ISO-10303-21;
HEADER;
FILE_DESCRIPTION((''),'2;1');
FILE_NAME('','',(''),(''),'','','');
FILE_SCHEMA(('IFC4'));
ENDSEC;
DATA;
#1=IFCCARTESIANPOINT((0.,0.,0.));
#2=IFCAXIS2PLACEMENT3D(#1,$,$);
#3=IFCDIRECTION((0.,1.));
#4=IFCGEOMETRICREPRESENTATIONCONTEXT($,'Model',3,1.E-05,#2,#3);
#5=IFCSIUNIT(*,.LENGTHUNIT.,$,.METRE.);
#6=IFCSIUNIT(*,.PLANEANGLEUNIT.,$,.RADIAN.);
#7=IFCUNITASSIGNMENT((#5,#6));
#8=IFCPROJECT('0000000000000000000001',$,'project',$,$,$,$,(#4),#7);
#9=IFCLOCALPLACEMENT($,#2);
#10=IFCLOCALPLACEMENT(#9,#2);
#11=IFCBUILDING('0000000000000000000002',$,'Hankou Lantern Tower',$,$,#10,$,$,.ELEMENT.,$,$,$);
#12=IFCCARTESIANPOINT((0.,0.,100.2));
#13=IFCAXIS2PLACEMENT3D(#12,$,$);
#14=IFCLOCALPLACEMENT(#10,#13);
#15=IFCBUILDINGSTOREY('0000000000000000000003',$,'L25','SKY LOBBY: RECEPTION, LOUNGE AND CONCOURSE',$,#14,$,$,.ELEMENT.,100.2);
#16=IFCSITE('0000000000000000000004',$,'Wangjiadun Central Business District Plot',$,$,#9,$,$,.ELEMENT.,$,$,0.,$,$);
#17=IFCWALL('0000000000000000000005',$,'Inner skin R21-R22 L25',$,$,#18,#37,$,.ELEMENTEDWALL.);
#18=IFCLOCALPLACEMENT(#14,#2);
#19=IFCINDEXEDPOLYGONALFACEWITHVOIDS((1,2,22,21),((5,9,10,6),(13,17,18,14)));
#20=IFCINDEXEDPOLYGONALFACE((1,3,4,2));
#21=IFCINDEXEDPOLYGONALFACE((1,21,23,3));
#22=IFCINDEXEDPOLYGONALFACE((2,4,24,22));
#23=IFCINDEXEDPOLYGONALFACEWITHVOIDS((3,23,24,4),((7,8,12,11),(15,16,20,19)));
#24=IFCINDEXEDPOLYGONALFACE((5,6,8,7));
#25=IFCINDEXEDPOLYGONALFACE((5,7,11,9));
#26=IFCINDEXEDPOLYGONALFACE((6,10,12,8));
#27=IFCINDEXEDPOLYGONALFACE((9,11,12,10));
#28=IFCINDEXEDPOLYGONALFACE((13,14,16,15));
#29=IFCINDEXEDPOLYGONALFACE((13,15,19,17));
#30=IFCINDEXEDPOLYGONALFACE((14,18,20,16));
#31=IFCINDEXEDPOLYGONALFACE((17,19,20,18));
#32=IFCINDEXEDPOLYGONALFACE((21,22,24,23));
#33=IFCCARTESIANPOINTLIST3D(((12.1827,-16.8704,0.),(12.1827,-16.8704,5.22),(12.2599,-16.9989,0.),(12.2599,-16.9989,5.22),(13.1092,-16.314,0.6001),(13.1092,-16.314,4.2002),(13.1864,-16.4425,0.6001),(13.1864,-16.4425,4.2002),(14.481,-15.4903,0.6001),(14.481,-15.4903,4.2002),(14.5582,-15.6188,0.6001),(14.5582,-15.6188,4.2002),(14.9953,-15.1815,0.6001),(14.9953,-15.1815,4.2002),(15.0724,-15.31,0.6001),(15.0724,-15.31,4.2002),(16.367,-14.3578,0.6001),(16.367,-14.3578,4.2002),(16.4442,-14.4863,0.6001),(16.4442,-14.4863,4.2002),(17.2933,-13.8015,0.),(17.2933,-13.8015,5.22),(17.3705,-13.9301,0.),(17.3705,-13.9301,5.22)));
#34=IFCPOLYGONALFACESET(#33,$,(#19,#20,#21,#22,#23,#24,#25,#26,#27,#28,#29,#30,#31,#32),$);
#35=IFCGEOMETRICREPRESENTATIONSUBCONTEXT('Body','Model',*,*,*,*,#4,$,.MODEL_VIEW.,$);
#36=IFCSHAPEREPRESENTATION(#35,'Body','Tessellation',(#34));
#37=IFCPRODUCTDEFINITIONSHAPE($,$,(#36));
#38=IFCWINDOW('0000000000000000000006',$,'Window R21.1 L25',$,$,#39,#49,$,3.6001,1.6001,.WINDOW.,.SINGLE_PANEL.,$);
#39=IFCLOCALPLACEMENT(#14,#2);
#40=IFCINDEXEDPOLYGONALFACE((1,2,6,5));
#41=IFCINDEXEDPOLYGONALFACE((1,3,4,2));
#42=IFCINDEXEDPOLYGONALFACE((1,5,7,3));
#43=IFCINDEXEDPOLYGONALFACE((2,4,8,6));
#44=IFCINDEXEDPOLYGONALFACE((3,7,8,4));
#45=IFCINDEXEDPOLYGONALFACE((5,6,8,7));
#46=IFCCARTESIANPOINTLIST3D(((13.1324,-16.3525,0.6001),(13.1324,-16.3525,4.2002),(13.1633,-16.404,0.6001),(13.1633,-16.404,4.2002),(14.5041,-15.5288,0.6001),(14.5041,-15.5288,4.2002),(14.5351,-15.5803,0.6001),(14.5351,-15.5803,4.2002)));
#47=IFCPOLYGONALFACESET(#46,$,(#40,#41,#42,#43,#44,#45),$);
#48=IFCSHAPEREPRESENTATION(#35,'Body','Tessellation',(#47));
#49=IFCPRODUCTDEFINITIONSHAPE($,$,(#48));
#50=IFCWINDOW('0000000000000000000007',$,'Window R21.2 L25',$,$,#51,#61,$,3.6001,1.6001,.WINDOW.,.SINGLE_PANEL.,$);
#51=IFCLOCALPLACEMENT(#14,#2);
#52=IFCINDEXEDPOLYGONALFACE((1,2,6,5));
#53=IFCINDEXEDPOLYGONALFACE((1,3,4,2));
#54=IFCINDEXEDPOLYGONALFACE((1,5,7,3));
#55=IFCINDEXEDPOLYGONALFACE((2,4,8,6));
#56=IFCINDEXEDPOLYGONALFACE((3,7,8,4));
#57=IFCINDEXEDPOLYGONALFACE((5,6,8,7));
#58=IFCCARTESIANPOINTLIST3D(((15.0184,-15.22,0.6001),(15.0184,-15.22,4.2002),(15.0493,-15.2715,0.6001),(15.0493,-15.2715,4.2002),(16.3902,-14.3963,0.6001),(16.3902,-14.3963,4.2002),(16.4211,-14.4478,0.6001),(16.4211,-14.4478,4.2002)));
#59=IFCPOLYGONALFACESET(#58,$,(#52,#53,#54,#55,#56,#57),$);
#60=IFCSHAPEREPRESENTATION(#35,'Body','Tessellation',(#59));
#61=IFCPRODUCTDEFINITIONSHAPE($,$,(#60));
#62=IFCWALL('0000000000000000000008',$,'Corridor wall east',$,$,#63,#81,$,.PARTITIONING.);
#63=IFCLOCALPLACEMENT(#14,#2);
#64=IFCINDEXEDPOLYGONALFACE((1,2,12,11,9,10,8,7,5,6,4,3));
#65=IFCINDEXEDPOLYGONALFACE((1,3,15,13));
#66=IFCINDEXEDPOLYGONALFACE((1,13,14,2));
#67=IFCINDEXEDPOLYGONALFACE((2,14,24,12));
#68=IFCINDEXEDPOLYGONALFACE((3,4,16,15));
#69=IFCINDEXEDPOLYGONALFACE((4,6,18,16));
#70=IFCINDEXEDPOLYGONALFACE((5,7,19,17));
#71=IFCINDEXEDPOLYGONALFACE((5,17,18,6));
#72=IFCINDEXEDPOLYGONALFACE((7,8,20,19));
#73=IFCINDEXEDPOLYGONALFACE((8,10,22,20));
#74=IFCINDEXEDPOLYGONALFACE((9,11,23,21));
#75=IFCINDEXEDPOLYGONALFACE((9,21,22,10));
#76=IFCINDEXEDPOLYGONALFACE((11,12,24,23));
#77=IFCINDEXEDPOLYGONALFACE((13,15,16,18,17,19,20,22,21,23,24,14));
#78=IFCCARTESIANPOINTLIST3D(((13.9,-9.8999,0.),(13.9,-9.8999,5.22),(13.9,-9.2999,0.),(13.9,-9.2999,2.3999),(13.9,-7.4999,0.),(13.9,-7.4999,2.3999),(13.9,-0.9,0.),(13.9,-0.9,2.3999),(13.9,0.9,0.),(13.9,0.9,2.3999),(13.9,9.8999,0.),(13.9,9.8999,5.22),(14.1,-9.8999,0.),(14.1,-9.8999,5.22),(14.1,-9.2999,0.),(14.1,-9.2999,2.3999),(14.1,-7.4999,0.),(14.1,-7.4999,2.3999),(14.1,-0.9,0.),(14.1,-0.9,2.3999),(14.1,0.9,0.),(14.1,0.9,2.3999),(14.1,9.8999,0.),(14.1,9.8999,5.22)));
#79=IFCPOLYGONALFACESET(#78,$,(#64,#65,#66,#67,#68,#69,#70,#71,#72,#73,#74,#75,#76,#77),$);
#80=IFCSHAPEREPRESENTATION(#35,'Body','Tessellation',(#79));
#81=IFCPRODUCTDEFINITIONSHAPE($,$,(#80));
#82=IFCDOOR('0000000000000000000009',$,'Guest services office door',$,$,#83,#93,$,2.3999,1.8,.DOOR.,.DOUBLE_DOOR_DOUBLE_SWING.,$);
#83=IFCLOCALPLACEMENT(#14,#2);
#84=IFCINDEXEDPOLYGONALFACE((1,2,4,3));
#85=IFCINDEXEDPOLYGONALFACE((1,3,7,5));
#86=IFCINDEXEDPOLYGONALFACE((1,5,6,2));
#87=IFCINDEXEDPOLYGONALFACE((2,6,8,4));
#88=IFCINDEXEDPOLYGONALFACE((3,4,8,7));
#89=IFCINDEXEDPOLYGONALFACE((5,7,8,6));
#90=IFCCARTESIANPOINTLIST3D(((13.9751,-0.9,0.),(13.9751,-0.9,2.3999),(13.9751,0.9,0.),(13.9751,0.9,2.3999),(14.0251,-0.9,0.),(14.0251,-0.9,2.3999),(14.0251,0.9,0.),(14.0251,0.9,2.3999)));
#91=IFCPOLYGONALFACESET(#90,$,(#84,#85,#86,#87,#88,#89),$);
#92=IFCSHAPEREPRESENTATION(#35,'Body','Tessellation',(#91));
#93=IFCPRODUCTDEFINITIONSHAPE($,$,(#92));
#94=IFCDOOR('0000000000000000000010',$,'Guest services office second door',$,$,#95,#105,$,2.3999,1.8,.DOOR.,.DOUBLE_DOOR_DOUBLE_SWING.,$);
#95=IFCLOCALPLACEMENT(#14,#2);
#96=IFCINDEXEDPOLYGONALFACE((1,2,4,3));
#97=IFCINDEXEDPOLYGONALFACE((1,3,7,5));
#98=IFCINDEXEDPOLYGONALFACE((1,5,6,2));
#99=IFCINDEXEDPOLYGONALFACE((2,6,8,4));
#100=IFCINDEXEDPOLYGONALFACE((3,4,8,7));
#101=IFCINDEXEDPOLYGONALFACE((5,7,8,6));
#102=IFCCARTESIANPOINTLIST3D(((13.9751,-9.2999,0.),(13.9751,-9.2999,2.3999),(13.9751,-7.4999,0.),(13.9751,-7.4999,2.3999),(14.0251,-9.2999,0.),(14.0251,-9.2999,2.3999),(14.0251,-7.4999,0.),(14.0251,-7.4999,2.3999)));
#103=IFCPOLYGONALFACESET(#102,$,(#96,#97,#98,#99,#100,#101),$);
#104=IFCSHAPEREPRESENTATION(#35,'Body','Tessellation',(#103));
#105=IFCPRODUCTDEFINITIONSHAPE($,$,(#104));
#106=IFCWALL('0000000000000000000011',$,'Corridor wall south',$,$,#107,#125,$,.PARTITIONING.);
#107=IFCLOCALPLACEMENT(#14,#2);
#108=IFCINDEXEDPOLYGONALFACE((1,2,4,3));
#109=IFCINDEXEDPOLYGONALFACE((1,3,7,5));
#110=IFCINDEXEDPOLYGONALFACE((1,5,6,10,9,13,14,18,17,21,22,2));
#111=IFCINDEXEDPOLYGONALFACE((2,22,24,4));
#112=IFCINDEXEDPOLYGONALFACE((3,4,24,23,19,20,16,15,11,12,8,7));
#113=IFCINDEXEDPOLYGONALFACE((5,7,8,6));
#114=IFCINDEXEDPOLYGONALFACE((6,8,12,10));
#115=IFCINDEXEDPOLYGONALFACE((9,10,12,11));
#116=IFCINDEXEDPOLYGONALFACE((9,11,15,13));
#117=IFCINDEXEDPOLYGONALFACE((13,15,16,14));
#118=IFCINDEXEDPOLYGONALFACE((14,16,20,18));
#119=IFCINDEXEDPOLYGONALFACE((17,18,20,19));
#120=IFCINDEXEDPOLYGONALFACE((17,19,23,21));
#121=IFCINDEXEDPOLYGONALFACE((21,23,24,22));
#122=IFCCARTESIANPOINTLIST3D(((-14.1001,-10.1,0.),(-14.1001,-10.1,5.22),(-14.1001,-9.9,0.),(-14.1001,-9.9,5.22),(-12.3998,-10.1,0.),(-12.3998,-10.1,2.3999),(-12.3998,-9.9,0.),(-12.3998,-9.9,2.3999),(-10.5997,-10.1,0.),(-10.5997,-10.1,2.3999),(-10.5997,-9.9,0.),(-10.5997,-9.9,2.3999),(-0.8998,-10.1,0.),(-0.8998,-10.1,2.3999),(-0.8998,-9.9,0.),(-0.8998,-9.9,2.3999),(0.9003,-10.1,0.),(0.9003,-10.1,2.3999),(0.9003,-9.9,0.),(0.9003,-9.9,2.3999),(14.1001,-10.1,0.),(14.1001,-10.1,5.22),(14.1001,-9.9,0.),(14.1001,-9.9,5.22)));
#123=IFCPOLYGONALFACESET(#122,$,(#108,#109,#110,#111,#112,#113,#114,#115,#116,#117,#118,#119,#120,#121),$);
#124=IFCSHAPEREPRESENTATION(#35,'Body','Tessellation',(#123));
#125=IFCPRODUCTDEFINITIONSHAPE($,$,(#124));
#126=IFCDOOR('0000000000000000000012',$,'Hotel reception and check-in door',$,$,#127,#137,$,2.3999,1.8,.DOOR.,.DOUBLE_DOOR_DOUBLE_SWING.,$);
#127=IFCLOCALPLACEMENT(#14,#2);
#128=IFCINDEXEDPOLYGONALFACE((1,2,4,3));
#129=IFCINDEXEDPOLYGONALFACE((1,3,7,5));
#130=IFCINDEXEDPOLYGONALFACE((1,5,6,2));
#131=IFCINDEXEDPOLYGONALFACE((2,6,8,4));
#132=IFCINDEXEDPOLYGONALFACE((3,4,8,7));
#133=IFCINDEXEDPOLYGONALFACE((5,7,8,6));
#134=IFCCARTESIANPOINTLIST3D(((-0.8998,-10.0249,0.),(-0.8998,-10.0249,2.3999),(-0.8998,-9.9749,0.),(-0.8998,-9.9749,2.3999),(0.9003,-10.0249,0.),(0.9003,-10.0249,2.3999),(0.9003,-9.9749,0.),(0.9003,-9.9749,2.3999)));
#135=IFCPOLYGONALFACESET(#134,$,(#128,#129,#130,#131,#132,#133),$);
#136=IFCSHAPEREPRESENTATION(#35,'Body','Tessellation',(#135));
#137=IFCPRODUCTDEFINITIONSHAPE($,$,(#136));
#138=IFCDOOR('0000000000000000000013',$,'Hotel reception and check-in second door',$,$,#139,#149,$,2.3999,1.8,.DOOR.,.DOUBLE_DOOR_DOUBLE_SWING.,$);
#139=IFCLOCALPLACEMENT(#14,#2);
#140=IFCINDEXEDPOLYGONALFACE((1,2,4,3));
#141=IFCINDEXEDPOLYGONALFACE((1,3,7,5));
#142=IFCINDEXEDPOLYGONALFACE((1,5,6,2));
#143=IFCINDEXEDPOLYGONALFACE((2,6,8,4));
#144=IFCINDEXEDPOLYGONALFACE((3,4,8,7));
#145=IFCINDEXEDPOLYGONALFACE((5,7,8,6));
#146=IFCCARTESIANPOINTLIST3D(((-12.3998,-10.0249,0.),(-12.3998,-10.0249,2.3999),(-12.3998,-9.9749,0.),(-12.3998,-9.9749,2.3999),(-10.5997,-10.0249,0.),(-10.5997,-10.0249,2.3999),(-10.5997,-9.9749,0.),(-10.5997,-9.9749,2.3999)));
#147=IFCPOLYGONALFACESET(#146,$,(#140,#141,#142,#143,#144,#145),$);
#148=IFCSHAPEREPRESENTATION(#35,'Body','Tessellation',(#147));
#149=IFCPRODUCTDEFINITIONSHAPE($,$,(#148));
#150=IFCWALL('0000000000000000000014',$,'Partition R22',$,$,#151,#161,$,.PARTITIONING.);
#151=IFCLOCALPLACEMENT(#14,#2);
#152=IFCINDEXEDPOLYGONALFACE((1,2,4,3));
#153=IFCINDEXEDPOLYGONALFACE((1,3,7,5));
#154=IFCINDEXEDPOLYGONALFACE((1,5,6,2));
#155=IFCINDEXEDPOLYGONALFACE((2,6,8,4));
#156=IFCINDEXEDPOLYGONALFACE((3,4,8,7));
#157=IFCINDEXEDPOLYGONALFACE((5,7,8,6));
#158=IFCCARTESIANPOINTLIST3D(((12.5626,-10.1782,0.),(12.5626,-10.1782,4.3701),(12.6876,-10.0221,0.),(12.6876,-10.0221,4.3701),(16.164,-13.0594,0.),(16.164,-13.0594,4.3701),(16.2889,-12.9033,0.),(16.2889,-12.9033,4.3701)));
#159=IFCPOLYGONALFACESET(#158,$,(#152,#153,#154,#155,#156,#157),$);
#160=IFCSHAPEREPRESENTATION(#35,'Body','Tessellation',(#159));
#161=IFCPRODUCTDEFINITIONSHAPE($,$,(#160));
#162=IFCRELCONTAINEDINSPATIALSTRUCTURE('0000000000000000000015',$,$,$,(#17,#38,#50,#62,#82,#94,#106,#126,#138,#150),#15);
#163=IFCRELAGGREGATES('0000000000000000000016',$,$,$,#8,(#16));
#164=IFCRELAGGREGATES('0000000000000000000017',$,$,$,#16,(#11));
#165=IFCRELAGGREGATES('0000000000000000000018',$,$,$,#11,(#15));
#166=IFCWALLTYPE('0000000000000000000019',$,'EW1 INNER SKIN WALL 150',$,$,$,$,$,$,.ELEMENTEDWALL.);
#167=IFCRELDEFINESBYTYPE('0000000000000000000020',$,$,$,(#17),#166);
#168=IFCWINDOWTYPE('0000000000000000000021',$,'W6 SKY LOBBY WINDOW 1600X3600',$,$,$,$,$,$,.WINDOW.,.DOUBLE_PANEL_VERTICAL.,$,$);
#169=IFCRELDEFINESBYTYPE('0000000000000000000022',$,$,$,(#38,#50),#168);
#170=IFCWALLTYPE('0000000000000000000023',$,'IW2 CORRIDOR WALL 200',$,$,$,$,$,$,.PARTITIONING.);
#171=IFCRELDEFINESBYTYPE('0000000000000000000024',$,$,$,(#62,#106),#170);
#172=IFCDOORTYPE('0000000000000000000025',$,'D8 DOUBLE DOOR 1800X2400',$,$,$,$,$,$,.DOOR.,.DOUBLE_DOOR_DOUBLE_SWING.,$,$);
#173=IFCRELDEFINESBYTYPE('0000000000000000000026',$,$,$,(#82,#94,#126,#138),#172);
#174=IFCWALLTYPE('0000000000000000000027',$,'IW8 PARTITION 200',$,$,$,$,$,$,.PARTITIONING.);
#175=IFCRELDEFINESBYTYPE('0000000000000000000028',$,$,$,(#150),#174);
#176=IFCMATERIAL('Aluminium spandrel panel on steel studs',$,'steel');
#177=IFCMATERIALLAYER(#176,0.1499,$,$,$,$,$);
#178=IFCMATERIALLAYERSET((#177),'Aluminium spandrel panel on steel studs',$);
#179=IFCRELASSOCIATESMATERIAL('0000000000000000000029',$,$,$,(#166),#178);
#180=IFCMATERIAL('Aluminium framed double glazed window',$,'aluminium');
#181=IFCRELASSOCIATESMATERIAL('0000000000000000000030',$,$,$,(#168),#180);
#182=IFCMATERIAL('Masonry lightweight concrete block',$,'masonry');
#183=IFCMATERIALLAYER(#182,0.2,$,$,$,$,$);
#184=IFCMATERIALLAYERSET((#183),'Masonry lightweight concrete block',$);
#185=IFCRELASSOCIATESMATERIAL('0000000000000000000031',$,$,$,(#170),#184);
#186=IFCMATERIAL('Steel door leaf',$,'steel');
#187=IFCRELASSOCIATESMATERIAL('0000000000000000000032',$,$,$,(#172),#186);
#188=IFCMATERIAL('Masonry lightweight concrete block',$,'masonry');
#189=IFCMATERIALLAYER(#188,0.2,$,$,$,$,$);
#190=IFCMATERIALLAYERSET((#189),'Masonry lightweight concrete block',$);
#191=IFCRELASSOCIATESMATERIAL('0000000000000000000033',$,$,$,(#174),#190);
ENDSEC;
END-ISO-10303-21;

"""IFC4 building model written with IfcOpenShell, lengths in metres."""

from ifc_helpers import new_model, si_unit, direction, frame, frame_2d, origin, place, context, subcontext, project, spatial, rectangle, extrude, material, layer, layer_set, type_object, element, fill, save


model = new_model("IFC4")

# Units and contexts
model_context = context("Model", 3, precision=1e-05, world=origin(), true_north=direction((0.0, 1.0)))
body_context = subcontext(model_context, "Body", "Model", "MODEL_VIEW")
ifc_project = project(units=[si_unit("LENGTHUNIT", "METRE"), si_unit("PLANEANGLEUNIT", "RADIAN")], contexts=[model_context])

# Site, building, storey
site_placement = place(None, origin())
site = spatial("IfcSite", under=ifc_project, at=site_placement, Name="Wangjiadun Central Business District Plot", CompositionType="ELEMENT", RefElevation=0.0)
building_placement = place(site_placement, origin())
building = spatial("IfcBuilding", under=site, at=building_placement, Name="Hankou Lantern Tower", CompositionType="ELEMENT")
storey_placement = place(building_placement, frame((0.0, 0.0, 100.2)))
storey = spatial("IfcBuildingStorey", under=building, at=storey_placement, Name="L25", Description="SKY LOBBY: RECEPTION, LOUNGE AND CONCOURSE", CompositionType="ELEMENT", Elevation=100.2)

# Wall, openings, windows
ifc_material_1 = material(Name="Aluminium spandrel panel on steel studs", Category="steel")
ifc_layer_1 = layer(ifc_material_1, 0.1499)
ifc_layer_set_1 = layer_set([ifc_layer_1], Name="Aluminium spandrel panel on steel studs")
wall_type_1 = type_object("IfcWallType", Name="EW1 INNER SKIN WALL 150", PredefinedType="ELEMENTEDWALL", material=ifc_layer_set_1)
wall_1_placement = place(storey_placement, frame((12.2214, -16.9346, 0.0), z_axis=(0.0, 0.0, 1.0), x_axis=(0.857309, 0.514803, 0.0)))
wall_1 = element("IfcWall", 1, at=wall_1_placement, inside=storey, type_object=wall_type_1, Name="Inner skin R21-R22 L25", PredefinedType="ELEMENTEDWALL", context=body_context, shape_type="SweptSolid", body=[
    extrude(rectangle(XDim=5.9612, YDim=0.1499, at=frame_2d((2.9805, 0.0))), origin(), (0.0, 0.0, 1.0), 5.22),
])
opening_1_placement = place(wall_1_placement, frame((1.0806, 0.0, 0.6001)))
opening_1 = element("IfcOpeningElement", 2, at=opening_1_placement, cuts=wall_1, PredefinedType="OPENING", context=body_context, shape_type="SweptSolid", body=[
    extrude(rectangle(XDim=1.6001, YDim=3.6001, at=frame_2d((0.8, 1.8))), frame((0.0, 0.085, 0.0), z_axis=(0.0, -1.0, 0.0), x_axis=(1.0, 0.0, 0.0)), (0.0, 0.0, 1.0), 0.1699),
])
opening_2_placement = place(wall_1_placement, frame((3.2805, 0.0, 0.6001)))
opening_2 = element("IfcOpeningElement", 3, at=opening_2_placement, cuts=wall_1, PredefinedType="OPENING", context=body_context, shape_type="SweptSolid", body=[
    extrude(rectangle(XDim=1.6001, YDim=3.6001, at=frame_2d((0.8, 1.8))), frame((0.0, 0.085, 0.0), z_axis=(0.0, -1.0, 0.0), x_axis=(1.0, 0.0, 0.0)), (0.0, 0.0, 1.0), 0.1699),
])
ifc_material_2 = material(Name="Aluminium framed double glazed window", Category="aluminium")
window_type = type_object("IfcWindowType", Name="W6 SKY LOBBY WINDOW 1600X3600", PartitioningType="DOUBLE_PANEL_VERTICAL", PredefinedType="WINDOW", material=ifc_material_2)
window_1_placement = place(opening_1_placement, origin())
window_1 = element("IfcWindow", 4, at=window_1_placement, inside=storey, type_object=window_type, Name="Window R21.1 L25", OverallHeight=3.6001, OverallWidth=1.6001, PartitioningType="SINGLE_PANEL", PredefinedType="WINDOW", context=body_context, shape_type="SweptSolid", body=[
    extrude(rectangle(XDim=1.6001, YDim=3.6001, at=frame_2d((0.8, 1.8))), frame((0.0, 0.03, 0.0), z_axis=(0.0, -1.0, 0.0), x_axis=(1.0, 0.0, 0.0)), (0.0, 0.0, 1.0), 0.0601),
])
fill(opening_1, window_1)
window_2_placement = place(opening_2_placement, origin())
window_2 = element("IfcWindow", 5, at=window_2_placement, inside=storey, type_object=window_type, Name="Window R21.2 L25", OverallHeight=3.6001, OverallWidth=1.6001, PartitioningType="SINGLE_PANEL", PredefinedType="WINDOW", context=body_context, shape_type="SweptSolid", body=[
    extrude(rectangle(XDim=1.6001, YDim=3.6001, at=frame_2d((0.8, 1.8))), frame((0.0, 0.03, 0.0), z_axis=(0.0, -1.0, 0.0), x_axis=(1.0, 0.0, 0.0)), (0.0, 0.0, 1.0), 0.0601),
])
fill(opening_2, window_2)

# Walls, openings, doors
ifc_material_3 = material(Name="Masonry lightweight concrete block", Category="masonry")
ifc_layer_2 = layer(ifc_material_3, 0.2)
ifc_layer_set_2 = layer_set([ifc_layer_2], Name="Masonry lightweight concrete block")
wall_type_2 = type_object("IfcWallType", Name="IW2 CORRIDOR WALL 200", PredefinedType="PARTITIONING", material=ifc_layer_set_2)
wall_2_placement = place(storey_placement, frame((14.0, -9.8999, 0.0), z_axis=(0.0, 0.0, 1.0), x_axis=(0.0, 1.0, 0.0)))
wall_2 = element("IfcWall", 6, at=wall_2_placement, inside=storey, type_object=wall_type_2, Name="Corridor wall east", PredefinedType="PARTITIONING", context=body_context, shape_type="SweptSolid", body=[
    extrude(rectangle(XDim=19.7998, YDim=0.2, at=frame_2d((9.8999, 0.0))), origin(), (0.0, 0.0, 1.0), 5.22),
])
opening_3_placement = place(wall_2_placement, frame((9.0, 0.0, 0.0)))
opening_3 = element("IfcOpeningElement", 7, at=opening_3_placement, cuts=wall_2, PredefinedType="OPENING", context=body_context, shape_type="SweptSolid", body=[
    extrude(rectangle(XDim=1.8, YDim=2.3999, at=frame_2d((0.8999, 1.2))), frame((0.0, 0.1099, 0.0), z_axis=(0.0, -1.0, 0.0), x_axis=(1.0, 0.0, 0.0)), (0.0, 0.0, 1.0), 0.22),
])
opening_4_placement = place(wall_2_placement, frame((0.6001, 0.0, 0.0)))
opening_4 = element("IfcOpeningElement", 8, at=opening_4_placement, cuts=wall_2, PredefinedType="OPENING", context=body_context, shape_type="SweptSolid", body=[
    extrude(rectangle(XDim=1.8, YDim=2.3999, at=frame_2d((0.8999, 1.2))), frame((0.0, 0.1099, 0.0), z_axis=(0.0, -1.0, 0.0), x_axis=(1.0, 0.0, 0.0)), (0.0, 0.0, 1.0), 0.22),
])
ifc_material_4 = material(Name="Steel door leaf", Category="steel")
door_type_1 = type_object("IfcDoorType", Name="D8 DOUBLE DOOR 1800X2400", OperationType="DOUBLE_DOOR_DOUBLE_SWING", PredefinedType="DOOR", material=ifc_material_4)
door_1_placement = place(opening_3_placement, origin())
door_1 = element("IfcDoor", 9, at=door_1_placement, inside=storey, type_object=door_type_1, Name="Guest services office door", OperationType="DOUBLE_DOOR_DOUBLE_SWING", OverallHeight=2.3999, OverallWidth=1.8, PredefinedType="DOOR", context=body_context, shape_type="SweptSolid", body=[
    extrude(rectangle(XDim=1.8, YDim=2.3999, at=frame_2d((0.8999, 1.2))), frame((0.0, 0.0249, 0.0), z_axis=(0.0, -1.0, 0.0), x_axis=(1.0, 0.0, 0.0)), (0.0, 0.0, 1.0), 0.05),
])
fill(opening_3, door_1)
door_2_placement = place(opening_4_placement, origin())
door_2 = element("IfcDoor", 10, at=door_2_placement, inside=storey, type_object=door_type_1, Name="Guest services office second door", OperationType="DOUBLE_DOOR_DOUBLE_SWING", OverallHeight=2.3999, OverallWidth=1.8, PredefinedType="DOOR", context=body_context, shape_type="SweptSolid", body=[
    extrude(rectangle(XDim=1.8, YDim=2.3999, at=frame_2d((0.8999, 1.2))), frame((0.0, 0.0249, 0.0), z_axis=(0.0, -1.0, 0.0), x_axis=(1.0, 0.0, 0.0)), (0.0, 0.0, 1.0), 0.05),
])
fill(opening_4, door_2)
wall_3_placement = place(storey_placement, frame((14.1001, -10.0, 0.0), z_axis=(0.0, 0.0, 1.0), x_axis=(-1.0, 0.0, 0.0)))
wall_3 = element("IfcWall", 11, at=wall_3_placement, inside=storey, type_object=wall_type_2, Name="Corridor wall south", PredefinedType="PARTITIONING", context=body_context, shape_type="SweptSolid", body=[
    extrude(rectangle(XDim=28.2002, YDim=0.2, at=frame_2d((14.1001, 0.0))), origin(), (0.0, 0.0, 1.0), 5.22),
])
opening_5_placement = place(wall_3_placement, frame((13.2, 0.0, 0.0)))
opening_5 = element("IfcOpeningElement", 12, at=opening_5_placement, cuts=wall_3, PredefinedType="OPENING", context=body_context, shape_type="SweptSolid", body=[
    extrude(rectangle(XDim=1.8, YDim=2.3999, at=frame_2d((0.8999, 1.2))), frame((0.0, 0.1099, 0.0), z_axis=(0.0, -1.0, 0.0), x_axis=(1.0, 0.0, 0.0)), (0.0, 0.0, 1.0), 0.22),
])
opening_6_placement = place(wall_3_placement, frame((24.7, 0.0, 0.0)))
opening_6 = element("IfcOpeningElement", 13, at=opening_6_placement, cuts=wall_3, PredefinedType="OPENING", context=body_context, shape_type="SweptSolid", body=[
    extrude(rectangle(XDim=1.8, YDim=2.3999, at=frame_2d((0.8999, 1.2))), frame((0.0, 0.1099, 0.0), z_axis=(0.0, -1.0, 0.0), x_axis=(1.0, 0.0, 0.0)), (0.0, 0.0, 1.0), 0.22),
])
door_3_placement = place(opening_5_placement, origin())
door_3 = element("IfcDoor", 14, at=door_3_placement, inside=storey, type_object=door_type_1, Name="Hotel reception and check-in door", OperationType="DOUBLE_DOOR_DOUBLE_SWING", OverallHeight=2.3999, OverallWidth=1.8, PredefinedType="DOOR", context=body_context, shape_type="SweptSolid", body=[
    extrude(rectangle(XDim=1.8, YDim=2.3999, at=frame_2d((0.8999, 1.2))), frame((0.0, 0.0249, 0.0), z_axis=(0.0, -1.0, 0.0), x_axis=(1.0, 0.0, 0.0)), (0.0, 0.0, 1.0), 0.05),
])
fill(opening_5, door_3)
door_4_placement = place(opening_6_placement, origin())
door_4 = element("IfcDoor", 15, at=door_4_placement, inside=storey, type_object=door_type_1, Name="Hotel reception and check-in second door", OperationType="DOUBLE_DOOR_DOUBLE_SWING", OverallHeight=2.3999, OverallWidth=1.8, PredefinedType="DOOR", context=body_context, shape_type="SweptSolid", body=[
    extrude(rectangle(XDim=1.8, YDim=2.3999, at=frame_2d((0.8999, 1.2))), frame((0.0, 0.0249, 0.0), z_axis=(0.0, -1.0, 0.0), x_axis=(1.0, 0.0, 0.0)), (0.0, 0.0, 1.0), 0.05),
])
fill(opening_6, door_4)

# Wall
ifc_material_5 = material(Name="Masonry lightweight concrete block", Category="masonry")
ifc_layer_3 = layer(ifc_material_5, 0.2)
ifc_layer_set_3 = layer_set([ifc_layer_3], Name="Masonry lightweight concrete block")
wall_type_3 = type_object("IfcWallType", Name="IW8 PARTITION 200", PredefinedType="PARTITIONING", material=ifc_layer_set_3)
wall_4_placement = place(storey_placement, frame((12.625, -10.1001, 0.0), z_axis=(0.0, 0.0, 1.0), x_axis=(0.780864, -0.624702, 0.0)))
element("IfcWall", 16, at=wall_4_placement, inside=storey, type_object=wall_type_3, Name="Partition R22", PredefinedType="PARTITIONING", context=body_context, shape_type="SweptSolid", body=[
    extrude(rectangle(XDim=4.6121, YDim=0.2, at=frame_2d((2.3062, 0.0))), origin(), (0.0, 0.0, 1.0), 4.3701),
])

save(model, "model.ifc")
